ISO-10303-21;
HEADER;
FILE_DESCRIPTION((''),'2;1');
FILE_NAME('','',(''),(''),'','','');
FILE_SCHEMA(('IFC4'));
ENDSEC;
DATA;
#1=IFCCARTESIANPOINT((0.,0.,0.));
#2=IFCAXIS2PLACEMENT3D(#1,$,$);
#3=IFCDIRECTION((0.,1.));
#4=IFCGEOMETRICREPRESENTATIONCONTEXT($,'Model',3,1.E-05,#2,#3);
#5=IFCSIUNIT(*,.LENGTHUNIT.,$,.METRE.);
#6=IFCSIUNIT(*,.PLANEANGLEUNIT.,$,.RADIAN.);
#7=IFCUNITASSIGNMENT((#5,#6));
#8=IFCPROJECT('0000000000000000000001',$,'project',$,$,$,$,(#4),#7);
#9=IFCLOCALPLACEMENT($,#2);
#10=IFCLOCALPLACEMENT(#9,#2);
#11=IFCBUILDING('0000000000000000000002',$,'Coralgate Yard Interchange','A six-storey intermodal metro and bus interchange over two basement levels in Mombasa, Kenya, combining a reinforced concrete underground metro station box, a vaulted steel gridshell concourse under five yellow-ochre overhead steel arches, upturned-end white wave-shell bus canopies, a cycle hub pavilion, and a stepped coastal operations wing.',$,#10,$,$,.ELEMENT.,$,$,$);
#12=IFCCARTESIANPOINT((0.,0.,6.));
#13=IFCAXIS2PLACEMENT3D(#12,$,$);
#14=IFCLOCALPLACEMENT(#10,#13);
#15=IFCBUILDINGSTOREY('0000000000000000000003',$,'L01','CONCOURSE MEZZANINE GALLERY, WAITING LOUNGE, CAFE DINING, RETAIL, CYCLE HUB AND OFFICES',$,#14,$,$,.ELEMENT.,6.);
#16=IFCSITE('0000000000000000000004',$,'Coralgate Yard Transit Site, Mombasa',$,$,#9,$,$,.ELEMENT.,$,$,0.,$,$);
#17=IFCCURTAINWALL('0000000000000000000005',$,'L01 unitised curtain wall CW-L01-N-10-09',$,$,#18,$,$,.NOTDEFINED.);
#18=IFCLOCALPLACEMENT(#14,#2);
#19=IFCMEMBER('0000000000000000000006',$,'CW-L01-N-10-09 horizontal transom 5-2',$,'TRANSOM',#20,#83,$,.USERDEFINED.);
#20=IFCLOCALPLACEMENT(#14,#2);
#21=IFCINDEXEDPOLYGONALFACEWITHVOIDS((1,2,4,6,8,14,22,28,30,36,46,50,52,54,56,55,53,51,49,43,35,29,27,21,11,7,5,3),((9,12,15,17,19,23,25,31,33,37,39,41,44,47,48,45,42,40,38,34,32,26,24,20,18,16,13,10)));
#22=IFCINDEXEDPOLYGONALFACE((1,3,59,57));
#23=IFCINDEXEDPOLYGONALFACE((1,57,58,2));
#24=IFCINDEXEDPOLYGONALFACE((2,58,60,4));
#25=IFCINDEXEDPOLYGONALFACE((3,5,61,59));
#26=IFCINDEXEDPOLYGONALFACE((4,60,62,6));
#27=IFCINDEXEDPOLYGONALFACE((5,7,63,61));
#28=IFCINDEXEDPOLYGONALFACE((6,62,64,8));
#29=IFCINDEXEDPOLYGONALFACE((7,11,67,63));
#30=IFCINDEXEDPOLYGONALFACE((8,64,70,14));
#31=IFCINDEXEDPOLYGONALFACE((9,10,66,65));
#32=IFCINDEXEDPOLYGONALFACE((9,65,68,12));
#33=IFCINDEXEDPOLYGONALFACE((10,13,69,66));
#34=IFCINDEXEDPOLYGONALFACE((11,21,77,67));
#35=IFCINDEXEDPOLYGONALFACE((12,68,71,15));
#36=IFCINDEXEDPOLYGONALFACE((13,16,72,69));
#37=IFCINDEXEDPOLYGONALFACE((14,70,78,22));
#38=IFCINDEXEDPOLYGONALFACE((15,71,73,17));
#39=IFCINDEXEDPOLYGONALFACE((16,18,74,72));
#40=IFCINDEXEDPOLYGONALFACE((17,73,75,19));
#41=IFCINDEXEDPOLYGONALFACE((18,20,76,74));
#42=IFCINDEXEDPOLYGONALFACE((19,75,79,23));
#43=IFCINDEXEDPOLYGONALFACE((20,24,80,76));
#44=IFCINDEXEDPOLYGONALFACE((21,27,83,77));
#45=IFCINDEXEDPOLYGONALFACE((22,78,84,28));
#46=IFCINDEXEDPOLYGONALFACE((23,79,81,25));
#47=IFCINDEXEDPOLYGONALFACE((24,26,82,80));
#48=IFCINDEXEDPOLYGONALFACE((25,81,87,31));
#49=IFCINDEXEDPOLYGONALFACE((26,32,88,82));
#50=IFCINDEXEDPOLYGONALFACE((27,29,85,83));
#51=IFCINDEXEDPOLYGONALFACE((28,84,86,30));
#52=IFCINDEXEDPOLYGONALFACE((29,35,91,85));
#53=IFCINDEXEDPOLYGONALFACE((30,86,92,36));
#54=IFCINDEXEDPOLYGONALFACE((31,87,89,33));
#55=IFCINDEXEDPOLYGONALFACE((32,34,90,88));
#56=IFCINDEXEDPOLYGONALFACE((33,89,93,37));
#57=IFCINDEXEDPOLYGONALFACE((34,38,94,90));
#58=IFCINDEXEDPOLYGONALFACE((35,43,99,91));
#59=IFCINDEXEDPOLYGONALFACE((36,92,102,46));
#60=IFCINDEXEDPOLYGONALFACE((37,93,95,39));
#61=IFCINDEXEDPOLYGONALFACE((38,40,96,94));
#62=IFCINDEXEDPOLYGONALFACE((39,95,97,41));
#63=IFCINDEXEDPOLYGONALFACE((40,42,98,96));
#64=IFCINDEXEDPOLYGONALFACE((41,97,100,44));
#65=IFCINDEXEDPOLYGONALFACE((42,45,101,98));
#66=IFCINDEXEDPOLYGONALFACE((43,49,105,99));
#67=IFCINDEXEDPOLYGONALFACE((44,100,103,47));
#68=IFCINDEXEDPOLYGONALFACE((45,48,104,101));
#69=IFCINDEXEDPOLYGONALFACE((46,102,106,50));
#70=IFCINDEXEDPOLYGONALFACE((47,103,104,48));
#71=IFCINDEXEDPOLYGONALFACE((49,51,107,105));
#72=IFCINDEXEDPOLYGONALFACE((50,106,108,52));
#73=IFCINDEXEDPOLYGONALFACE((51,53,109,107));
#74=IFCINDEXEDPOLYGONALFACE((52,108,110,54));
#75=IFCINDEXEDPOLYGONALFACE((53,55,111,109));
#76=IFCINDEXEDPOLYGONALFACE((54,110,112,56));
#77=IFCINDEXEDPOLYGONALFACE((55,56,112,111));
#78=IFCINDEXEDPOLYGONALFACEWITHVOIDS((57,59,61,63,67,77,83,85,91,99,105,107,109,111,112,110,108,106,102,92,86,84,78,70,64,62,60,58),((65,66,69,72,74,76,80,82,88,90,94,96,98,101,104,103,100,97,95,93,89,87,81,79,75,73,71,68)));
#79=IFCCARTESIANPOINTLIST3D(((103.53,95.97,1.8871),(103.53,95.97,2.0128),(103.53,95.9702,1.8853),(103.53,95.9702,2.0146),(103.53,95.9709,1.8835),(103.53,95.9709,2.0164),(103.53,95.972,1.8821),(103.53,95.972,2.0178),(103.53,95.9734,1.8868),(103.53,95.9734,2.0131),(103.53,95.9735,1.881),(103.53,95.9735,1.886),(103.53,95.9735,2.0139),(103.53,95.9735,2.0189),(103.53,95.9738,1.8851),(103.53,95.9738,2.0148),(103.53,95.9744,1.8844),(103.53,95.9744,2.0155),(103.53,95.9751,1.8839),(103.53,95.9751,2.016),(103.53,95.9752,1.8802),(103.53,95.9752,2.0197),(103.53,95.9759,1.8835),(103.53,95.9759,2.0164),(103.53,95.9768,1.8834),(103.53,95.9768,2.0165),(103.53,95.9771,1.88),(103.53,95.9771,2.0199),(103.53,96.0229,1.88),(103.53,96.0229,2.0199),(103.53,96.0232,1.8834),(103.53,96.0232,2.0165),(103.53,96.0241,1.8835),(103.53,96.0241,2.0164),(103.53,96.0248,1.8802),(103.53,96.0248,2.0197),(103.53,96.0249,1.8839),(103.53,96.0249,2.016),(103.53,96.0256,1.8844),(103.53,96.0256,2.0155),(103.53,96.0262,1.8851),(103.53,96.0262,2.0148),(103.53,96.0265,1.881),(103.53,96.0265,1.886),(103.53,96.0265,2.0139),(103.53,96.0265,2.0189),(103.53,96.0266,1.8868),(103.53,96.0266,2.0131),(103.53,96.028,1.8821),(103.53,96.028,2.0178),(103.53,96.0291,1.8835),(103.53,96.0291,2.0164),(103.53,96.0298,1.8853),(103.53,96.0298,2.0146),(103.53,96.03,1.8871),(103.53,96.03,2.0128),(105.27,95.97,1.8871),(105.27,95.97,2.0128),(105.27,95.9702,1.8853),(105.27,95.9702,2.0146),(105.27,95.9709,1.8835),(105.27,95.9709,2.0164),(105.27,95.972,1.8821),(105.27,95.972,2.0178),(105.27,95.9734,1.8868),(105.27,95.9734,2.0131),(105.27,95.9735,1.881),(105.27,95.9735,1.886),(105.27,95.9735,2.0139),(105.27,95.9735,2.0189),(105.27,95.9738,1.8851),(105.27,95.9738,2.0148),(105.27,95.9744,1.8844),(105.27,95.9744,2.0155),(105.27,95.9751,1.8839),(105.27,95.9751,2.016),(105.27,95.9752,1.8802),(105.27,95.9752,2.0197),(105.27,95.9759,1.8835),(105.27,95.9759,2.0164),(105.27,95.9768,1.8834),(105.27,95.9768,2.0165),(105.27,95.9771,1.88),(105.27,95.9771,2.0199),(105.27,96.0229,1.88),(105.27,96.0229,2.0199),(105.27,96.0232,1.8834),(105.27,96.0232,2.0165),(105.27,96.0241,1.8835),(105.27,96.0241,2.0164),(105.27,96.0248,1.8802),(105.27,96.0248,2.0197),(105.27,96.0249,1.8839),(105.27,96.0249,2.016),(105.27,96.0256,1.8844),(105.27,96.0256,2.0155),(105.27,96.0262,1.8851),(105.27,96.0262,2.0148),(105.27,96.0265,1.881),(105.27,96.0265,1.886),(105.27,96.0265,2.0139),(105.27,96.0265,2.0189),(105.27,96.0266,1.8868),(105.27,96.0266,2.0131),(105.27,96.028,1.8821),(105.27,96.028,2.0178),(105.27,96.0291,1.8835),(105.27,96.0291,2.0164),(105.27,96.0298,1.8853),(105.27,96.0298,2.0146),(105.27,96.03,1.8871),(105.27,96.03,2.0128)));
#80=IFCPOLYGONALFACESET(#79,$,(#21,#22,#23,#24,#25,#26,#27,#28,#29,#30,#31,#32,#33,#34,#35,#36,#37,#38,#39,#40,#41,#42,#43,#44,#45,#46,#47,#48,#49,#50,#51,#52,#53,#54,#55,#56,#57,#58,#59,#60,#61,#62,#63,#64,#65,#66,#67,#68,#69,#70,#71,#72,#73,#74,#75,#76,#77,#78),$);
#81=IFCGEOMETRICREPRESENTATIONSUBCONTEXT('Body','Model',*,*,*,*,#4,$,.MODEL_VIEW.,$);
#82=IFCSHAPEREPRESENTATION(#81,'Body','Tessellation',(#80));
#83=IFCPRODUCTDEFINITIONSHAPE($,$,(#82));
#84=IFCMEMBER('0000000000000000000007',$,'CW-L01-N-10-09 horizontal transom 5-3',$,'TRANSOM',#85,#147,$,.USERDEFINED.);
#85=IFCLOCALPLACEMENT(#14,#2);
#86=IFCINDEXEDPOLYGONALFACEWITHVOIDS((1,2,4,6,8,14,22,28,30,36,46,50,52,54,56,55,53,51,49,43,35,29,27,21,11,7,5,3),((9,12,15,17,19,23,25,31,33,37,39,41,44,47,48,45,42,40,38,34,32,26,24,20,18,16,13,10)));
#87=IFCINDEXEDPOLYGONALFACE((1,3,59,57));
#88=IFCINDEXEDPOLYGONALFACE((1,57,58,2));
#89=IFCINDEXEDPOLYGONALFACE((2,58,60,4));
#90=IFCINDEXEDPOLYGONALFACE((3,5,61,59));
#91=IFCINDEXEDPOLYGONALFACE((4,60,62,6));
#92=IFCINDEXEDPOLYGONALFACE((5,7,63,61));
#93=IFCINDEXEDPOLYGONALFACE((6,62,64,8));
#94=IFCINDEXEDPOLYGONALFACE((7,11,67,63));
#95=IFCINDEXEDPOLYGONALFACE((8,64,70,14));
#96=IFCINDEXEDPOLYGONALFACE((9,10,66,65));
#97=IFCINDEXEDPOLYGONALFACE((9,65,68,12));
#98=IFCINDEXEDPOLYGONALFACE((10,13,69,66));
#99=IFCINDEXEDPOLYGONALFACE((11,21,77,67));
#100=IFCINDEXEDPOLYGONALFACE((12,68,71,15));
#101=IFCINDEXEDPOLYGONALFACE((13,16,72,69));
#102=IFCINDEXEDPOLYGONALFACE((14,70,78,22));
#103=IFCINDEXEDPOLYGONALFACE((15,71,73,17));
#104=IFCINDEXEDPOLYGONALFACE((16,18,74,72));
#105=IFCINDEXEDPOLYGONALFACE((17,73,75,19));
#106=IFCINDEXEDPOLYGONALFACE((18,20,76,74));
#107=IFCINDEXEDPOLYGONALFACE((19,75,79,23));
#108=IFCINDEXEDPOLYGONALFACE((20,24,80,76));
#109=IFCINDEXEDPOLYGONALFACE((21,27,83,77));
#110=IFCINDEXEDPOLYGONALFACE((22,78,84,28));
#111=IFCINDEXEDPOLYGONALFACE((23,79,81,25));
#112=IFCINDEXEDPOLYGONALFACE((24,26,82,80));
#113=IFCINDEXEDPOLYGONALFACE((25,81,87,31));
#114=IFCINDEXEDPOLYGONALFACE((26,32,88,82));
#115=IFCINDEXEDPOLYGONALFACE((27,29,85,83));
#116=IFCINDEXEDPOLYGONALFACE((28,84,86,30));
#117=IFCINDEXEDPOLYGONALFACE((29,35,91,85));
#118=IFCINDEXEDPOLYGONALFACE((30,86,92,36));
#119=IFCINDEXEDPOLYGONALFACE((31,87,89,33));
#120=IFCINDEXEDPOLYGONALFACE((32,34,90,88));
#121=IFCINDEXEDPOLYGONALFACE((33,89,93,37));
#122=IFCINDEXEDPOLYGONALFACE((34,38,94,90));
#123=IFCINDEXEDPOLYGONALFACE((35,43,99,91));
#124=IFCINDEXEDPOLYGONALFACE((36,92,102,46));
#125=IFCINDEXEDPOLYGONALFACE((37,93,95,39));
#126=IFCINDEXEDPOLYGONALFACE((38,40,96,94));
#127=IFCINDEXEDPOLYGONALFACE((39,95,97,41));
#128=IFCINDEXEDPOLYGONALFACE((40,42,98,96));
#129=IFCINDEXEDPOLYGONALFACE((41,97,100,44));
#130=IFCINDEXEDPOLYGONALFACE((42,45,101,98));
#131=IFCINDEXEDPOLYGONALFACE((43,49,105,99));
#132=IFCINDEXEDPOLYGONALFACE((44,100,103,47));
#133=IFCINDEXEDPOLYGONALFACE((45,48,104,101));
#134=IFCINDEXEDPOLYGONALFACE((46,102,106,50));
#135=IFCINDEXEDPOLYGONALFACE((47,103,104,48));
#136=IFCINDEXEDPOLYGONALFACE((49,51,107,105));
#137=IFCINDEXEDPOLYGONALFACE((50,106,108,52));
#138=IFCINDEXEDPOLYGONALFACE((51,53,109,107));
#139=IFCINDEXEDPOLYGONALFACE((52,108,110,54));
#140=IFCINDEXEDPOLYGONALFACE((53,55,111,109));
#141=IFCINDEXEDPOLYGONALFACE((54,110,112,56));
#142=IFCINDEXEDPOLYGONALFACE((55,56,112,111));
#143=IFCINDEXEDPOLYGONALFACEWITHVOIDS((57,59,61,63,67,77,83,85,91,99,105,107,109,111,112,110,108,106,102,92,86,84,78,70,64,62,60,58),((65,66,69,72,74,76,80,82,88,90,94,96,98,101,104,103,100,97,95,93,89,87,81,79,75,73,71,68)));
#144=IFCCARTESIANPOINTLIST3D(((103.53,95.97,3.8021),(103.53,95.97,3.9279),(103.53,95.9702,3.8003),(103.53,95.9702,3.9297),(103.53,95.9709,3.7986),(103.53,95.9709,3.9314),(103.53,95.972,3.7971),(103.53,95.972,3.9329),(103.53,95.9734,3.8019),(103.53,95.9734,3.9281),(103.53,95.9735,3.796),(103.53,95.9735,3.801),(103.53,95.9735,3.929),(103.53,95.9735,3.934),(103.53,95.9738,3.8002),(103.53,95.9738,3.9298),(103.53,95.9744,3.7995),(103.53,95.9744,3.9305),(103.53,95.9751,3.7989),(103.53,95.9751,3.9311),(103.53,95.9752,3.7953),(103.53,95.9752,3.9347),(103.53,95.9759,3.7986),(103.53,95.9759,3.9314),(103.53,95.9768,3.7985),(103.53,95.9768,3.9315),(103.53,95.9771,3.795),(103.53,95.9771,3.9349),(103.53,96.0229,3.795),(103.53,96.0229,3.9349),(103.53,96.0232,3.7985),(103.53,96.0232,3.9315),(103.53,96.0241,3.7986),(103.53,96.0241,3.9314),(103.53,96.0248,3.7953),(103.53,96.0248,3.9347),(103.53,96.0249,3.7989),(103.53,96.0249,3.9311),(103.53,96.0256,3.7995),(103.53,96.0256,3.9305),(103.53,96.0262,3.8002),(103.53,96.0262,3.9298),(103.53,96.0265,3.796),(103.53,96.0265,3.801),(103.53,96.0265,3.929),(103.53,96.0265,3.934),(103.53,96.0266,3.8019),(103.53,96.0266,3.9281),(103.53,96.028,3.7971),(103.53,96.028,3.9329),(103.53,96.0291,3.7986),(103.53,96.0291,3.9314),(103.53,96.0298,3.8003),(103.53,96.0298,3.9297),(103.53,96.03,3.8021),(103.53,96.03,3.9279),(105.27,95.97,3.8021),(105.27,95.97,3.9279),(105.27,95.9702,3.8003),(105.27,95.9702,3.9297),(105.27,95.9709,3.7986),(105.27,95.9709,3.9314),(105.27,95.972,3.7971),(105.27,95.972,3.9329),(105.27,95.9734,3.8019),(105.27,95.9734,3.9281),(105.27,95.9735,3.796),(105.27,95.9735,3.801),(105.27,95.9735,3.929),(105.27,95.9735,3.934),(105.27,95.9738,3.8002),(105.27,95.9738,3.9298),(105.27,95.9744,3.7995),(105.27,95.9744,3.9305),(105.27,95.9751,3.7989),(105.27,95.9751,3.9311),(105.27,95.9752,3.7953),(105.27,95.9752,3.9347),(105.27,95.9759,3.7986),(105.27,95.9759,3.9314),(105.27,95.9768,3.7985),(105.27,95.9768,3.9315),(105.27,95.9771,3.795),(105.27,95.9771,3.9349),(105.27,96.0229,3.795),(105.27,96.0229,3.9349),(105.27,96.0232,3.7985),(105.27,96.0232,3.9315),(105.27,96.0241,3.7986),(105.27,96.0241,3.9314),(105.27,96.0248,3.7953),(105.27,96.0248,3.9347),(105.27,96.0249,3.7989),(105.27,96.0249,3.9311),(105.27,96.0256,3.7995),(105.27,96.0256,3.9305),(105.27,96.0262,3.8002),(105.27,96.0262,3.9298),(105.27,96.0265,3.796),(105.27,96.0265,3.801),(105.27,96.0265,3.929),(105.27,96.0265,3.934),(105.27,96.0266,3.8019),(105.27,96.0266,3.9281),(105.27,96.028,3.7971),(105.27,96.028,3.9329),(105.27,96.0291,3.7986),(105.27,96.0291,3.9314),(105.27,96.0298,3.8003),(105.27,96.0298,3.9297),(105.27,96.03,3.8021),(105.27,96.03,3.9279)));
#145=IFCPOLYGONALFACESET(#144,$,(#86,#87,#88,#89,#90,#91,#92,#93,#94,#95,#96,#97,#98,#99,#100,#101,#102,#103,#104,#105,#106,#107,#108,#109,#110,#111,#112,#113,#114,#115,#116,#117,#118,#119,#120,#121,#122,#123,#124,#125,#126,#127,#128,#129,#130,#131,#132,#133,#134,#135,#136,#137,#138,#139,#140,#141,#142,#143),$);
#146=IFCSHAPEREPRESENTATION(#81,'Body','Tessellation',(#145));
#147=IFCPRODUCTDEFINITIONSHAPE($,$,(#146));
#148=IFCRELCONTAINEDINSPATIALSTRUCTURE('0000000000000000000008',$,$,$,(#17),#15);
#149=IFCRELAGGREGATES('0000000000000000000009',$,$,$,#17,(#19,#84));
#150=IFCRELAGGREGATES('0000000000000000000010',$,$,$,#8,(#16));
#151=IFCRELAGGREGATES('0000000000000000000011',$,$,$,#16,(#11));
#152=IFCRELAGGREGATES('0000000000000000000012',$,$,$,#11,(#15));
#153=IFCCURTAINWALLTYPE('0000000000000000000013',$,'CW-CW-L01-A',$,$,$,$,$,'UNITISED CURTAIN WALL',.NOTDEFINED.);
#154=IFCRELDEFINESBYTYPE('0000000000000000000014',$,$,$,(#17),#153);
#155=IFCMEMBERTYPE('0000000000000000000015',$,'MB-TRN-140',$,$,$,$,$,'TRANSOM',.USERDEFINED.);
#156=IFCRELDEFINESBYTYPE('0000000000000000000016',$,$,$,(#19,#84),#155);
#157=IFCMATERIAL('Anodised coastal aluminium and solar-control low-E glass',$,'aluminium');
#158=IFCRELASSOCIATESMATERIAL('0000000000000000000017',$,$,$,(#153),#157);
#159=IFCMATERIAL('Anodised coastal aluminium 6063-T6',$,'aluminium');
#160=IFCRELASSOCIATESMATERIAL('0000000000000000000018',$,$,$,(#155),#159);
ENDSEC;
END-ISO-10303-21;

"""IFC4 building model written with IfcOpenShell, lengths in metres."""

from ifc_helpers import new_model, si_unit, direction, frame, origin, origin_2d, place, context, subcontext, project, spatial, hollow_rectangle, extrude, material, material_profile, profile_set, type_object, element, aggregate, save


model = new_model("IFC4")

# Units and contexts
model_context = context("Model", 3, precision=1e-05, world=origin(), true_north=direction((0.0, 1.0)))
body_context = subcontext(model_context, "Body", "Model", "MODEL_VIEW")
ifc_project = project(units=[si_unit("LENGTHUNIT", "METRE"), si_unit("PLANEANGLEUNIT", "RADIAN")], contexts=[model_context])

# Site, building, storey
site_placement = place(None, origin())
site = spatial("IfcSite", under=ifc_project, at=site_placement, Name="Coralgate Yard Transit Site, Mombasa", CompositionType="ELEMENT", RefElevation=0.0)
building_placement = place(site_placement, origin())
building = spatial("IfcBuilding", under=site, at=building_placement, Name="Coralgate Yard Interchange", Description="A six-storey intermodal metro and bus interchange over two basement levels in Mombasa, Kenya, combining a reinforced concrete underground metro station box, a vaulted steel gridshell concourse under five yellow-ochre overhead steel arches, upturned-end white wave-shell bus canopies, a cycle hub pavilion, and a stepped coastal operations wing.", CompositionType="ELEMENT")
storey_placement = place(building_placement, frame((0.0, 0.0, 6.0)))
storey = spatial("IfcBuildingStorey", under=building, at=storey_placement, Name="L01", Description="CONCOURSE MEZZANINE GALLERY, WAITING LOUNGE, CAFE DINING, RETAIL, CYCLE HUB AND OFFICES", CompositionType="ELEMENT", Elevation=6.0)

# Curtain wall
ifc_material_1 = material(Name="Anodised coastal aluminium and solar-control low-E glass", Category="aluminium")
curtain_wall_type_1 = type_object("IfcCurtainWallType", Name="CW-CW-L01-A", ElementType="UNITISED CURTAIN WALL", PredefinedType="NOTDEFINED", material=ifc_material_1)
curtain_wall_1_placement = place(storey_placement, origin())
curtain_wall_1 = element("IfcCurtainWall", 1, at=curtain_wall_1_placement, inside=storey, type_object=curtain_wall_type_1, Name="L01 unitised curtain wall CW-L01-N-10-09", PredefinedType="NOTDEFINED")
ifc_material_2 = material(Name="Anodised coastal aluminium 6063-T6", Category="aluminium")

# Members
ifc_material_profile_1 = material_profile(ifc_material_2, hollow_rectangle(XDim=0.0601, YDim=0.1399, WallThickness=0.0034, InnerFilletRadius=0.0034, OuterFilletRadius=0.0071, at=origin_2d()), Name="ALU 60x140x3.5")
ifc_profile_set_1 = profile_set([ifc_material_profile_1], Name="Anodised coastal aluminium 6063-T6")
member_type_1 = type_object("IfcMemberType", Name="MB-TRN-140", ElementType="TRANSOM", PredefinedType="USERDEFINED", material=ifc_profile_set_1)
member_1_placement = place(storey_placement, frame((103.53, 96.0, 1.95), z_axis=(1.0, 0.0, 0.0), x_axis=(0.0, 1.0, 0.0)))
member_1 = element("IfcMember", 2, at=member_1_placement, type_object=member_type_1, Name="CW-L01-N-10-09 horizontal transom 5-2", ObjectType="TRANSOM", PredefinedType="USERDEFINED", context=body_context, shape_type="SweptSolid", body=[
    extrude(hollow_rectangle(XDim=0.0601, YDim=0.1399, WallThickness=0.0034, InnerFilletRadius=0.0034, OuterFilletRadius=0.0071, at=origin_2d()), origin(), (0.0, 0.0, 1.0), 1.74),
])
member_2_placement = place(storey_placement, frame((103.53, 96.0, 3.865), z_axis=(1.0, 0.0, 0.0), x_axis=(0.0, 1.0, 0.0)))
member_2 = element("IfcMember", 3, at=member_2_placement, type_object=member_type_1, Name="CW-L01-N-10-09 horizontal transom 5-3", ObjectType="TRANSOM", PredefinedType="USERDEFINED", context=body_context, shape_type="SweptSolid", body=[
    extrude(hollow_rectangle(XDim=0.0601, YDim=0.1399, WallThickness=0.0034, InnerFilletRadius=0.0034, OuterFilletRadius=0.0071, at=origin_2d()), origin(), (0.0, 0.0, 1.0), 1.74),
])

aggregate(curtain_wall_1, [member_1, member_2])

save(model, "model.ifc")
